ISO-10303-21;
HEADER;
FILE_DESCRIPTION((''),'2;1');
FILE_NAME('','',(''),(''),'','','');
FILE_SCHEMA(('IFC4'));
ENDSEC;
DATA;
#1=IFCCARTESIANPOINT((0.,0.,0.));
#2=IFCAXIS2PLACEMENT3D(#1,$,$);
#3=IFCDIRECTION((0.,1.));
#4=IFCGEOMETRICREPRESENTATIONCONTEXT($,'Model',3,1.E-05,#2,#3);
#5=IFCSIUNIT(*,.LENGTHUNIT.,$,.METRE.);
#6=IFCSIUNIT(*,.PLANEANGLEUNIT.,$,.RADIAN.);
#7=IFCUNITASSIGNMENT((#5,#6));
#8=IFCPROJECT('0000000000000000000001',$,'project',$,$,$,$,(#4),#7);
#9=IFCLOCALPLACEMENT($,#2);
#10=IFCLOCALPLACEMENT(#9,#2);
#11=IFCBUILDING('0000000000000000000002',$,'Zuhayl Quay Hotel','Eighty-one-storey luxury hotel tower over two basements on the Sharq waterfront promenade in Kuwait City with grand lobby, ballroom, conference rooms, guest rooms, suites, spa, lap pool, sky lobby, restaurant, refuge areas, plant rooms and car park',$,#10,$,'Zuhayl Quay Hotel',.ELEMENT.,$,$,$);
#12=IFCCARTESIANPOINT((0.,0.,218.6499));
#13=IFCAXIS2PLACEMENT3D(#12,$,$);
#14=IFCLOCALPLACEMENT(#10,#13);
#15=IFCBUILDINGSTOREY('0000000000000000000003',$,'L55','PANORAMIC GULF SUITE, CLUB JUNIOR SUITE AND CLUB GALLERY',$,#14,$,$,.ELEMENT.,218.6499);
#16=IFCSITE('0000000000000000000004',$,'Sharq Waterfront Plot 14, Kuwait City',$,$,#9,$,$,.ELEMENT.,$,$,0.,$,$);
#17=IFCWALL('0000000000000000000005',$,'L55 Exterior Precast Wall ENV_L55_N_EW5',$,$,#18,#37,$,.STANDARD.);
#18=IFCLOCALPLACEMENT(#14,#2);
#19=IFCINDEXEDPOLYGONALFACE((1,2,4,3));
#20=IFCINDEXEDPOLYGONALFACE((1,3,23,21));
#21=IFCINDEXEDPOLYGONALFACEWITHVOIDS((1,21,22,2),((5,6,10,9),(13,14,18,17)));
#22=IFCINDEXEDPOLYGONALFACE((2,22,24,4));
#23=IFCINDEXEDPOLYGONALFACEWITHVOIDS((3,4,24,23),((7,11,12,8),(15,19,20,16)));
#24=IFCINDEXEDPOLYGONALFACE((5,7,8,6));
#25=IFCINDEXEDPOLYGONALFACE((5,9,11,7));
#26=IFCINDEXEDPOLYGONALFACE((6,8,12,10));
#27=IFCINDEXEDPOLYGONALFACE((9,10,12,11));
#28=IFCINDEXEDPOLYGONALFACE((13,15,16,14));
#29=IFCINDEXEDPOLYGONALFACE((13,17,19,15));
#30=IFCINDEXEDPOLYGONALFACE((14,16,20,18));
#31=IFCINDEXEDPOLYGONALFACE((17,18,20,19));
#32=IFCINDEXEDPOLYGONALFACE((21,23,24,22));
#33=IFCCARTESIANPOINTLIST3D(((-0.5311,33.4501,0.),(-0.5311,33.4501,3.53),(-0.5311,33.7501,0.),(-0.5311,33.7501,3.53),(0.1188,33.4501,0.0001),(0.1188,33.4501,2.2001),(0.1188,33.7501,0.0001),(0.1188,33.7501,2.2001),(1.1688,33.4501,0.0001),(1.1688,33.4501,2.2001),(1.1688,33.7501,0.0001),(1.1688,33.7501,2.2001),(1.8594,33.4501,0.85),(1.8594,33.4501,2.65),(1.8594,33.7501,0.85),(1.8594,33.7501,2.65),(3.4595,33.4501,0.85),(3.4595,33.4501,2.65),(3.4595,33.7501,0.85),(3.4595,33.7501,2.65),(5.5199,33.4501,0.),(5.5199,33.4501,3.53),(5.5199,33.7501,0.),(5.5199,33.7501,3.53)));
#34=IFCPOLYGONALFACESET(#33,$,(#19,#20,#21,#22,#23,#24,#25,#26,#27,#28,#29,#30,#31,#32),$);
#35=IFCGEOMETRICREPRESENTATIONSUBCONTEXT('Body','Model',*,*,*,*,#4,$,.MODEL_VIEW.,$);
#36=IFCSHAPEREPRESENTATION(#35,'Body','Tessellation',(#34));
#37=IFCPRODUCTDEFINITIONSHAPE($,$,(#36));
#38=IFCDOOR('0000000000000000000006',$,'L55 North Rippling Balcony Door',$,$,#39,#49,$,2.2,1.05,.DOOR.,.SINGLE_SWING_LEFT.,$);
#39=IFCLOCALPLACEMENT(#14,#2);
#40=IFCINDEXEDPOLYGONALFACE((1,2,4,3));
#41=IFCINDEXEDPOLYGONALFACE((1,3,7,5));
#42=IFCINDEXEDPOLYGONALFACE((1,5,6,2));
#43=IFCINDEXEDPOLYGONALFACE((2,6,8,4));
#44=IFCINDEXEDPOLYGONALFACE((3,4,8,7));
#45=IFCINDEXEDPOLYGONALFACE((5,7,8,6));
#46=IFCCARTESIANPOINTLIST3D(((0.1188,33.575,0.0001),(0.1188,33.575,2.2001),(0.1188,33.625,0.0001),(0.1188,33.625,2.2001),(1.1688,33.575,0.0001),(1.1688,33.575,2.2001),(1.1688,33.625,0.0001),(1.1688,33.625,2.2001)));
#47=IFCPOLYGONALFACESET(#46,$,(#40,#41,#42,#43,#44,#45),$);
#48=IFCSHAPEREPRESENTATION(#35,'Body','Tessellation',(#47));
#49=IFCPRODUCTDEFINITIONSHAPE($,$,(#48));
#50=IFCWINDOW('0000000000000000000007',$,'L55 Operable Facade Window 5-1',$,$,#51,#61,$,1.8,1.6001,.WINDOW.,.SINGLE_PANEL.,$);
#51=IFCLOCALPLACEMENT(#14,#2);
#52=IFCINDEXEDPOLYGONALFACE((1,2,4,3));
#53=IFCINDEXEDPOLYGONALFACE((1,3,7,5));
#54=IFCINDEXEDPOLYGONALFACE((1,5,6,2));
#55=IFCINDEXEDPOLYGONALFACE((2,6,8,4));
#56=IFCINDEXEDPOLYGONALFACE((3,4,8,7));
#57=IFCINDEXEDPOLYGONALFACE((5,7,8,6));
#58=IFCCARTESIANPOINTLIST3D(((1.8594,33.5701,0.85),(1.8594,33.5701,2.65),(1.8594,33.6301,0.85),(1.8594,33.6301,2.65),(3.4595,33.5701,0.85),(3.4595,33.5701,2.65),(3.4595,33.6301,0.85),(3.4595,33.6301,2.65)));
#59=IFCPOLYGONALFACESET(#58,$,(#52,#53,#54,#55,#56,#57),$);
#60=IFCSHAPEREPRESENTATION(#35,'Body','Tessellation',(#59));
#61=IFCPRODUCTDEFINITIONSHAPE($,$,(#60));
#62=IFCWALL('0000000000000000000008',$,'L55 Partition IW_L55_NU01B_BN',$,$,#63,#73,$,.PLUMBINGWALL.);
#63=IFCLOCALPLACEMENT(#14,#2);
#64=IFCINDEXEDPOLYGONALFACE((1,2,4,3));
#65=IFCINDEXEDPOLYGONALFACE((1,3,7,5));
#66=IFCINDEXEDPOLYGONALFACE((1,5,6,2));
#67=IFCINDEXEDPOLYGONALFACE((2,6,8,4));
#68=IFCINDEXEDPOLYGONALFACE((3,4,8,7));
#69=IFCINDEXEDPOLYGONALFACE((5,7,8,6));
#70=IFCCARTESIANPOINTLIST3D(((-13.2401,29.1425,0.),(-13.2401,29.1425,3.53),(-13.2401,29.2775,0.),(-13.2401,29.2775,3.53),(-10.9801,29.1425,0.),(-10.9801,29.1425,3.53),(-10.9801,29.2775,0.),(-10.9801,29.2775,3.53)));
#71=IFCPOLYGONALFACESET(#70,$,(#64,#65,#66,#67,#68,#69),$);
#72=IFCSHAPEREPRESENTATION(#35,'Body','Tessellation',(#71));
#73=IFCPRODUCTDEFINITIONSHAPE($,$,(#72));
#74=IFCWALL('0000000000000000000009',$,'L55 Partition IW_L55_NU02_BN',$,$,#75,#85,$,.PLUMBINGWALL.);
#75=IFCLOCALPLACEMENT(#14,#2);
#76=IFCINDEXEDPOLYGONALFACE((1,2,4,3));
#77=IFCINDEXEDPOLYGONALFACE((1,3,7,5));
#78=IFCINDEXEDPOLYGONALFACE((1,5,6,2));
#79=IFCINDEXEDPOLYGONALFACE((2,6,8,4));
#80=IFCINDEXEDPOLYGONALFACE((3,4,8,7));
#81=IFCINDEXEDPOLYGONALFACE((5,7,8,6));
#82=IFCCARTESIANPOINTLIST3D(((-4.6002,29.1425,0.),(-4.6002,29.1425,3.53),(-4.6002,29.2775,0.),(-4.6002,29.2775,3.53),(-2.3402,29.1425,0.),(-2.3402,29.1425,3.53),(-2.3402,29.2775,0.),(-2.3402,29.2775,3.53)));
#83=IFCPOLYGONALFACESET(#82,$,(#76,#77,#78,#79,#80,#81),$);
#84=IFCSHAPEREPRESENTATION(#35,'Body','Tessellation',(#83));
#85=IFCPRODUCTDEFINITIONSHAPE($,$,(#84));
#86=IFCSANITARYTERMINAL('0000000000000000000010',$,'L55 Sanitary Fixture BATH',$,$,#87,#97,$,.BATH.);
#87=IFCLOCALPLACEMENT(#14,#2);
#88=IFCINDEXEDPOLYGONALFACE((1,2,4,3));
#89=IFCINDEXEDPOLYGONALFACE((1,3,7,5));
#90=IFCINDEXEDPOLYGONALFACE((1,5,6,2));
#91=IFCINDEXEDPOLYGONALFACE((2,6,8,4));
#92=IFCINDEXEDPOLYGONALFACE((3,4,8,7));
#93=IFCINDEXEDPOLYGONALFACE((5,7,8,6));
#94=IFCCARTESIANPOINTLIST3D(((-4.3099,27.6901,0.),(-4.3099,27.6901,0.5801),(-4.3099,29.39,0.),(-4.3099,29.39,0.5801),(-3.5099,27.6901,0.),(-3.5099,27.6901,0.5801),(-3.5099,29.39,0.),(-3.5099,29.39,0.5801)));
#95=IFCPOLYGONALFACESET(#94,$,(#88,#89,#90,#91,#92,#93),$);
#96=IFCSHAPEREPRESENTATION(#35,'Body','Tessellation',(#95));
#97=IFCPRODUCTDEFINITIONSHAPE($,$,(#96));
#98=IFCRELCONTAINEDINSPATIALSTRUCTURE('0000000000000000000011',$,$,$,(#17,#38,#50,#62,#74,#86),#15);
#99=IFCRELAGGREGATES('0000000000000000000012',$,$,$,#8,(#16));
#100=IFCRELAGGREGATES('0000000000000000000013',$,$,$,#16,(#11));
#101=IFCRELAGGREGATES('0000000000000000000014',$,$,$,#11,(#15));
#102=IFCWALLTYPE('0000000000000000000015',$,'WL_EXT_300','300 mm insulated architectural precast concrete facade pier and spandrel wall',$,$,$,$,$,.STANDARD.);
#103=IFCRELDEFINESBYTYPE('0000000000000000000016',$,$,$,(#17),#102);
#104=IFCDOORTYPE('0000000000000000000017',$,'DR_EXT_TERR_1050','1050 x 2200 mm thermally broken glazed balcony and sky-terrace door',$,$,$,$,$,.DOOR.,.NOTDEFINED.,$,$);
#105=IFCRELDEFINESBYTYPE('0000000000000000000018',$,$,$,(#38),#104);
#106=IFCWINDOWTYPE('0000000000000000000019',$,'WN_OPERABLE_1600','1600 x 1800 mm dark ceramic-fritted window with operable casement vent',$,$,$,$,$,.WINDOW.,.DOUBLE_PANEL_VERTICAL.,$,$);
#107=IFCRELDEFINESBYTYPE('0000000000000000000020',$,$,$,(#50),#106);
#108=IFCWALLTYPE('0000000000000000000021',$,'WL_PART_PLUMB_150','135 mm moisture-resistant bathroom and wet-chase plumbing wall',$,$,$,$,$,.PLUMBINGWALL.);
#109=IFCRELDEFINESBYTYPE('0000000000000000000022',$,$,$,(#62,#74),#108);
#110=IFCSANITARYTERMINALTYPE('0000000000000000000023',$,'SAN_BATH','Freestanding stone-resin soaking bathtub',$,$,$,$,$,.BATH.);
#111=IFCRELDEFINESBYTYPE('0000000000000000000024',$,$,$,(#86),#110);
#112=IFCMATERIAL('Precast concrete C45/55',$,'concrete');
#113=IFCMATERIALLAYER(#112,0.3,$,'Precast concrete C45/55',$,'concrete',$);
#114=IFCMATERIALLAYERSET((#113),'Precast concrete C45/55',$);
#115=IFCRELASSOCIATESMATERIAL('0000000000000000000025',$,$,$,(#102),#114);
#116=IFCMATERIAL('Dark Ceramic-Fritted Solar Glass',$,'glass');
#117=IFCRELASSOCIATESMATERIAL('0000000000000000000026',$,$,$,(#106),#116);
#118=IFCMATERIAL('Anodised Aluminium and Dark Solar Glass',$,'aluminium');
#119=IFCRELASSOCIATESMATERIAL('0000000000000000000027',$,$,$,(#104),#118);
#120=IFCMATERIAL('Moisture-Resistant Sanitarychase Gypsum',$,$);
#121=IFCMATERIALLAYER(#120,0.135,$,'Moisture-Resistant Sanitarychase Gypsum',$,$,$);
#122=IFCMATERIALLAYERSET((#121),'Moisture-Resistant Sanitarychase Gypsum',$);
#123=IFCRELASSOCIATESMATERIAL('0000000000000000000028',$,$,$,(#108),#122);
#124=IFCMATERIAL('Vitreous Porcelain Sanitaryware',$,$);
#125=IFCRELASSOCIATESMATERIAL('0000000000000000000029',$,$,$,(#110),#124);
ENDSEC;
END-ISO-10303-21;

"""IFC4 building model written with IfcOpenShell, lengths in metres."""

from ifc_helpers import new_model, si_unit, direction, frame, frame_2d, origin, origin_2d, place, context, subcontext, project, spatial, rectangle, extrude, material, layer, layer_set, type_object, element, fill, save


model = new_model("IFC4")

# Units and contexts
model_context = context("Model", 3, precision=1e-05, world=origin(), true_north=direction((0.0, 1.0)))
body_context = subcontext(model_context, "Body", "Model", "MODEL_VIEW")
ifc_project = project(units=[si_unit("LENGTHUNIT", "METRE"), si_unit("PLANEANGLEUNIT", "RADIAN")], contexts=[model_context])

# Site, building, storey
site_placement = place(None, origin())
site = spatial("IfcSite", under=ifc_project, at=site_placement, Name="Sharq Waterfront Plot 14, Kuwait City", CompositionType="ELEMENT", RefElevation=0.0)
building_placement = place(site_placement, origin())
building = spatial("IfcBuilding", under=site, at=building_placement, Name="Zuhayl Quay Hotel", Description="Eighty-one-storey luxury hotel tower over two basements on the Sharq waterfront promenade in Kuwait City with grand lobby, ballroom, conference rooms, guest rooms, suites, spa, lap pool, sky lobby, restaurant, refuge areas, plant rooms and car park", LongName="Zuhayl Quay Hotel", CompositionType="ELEMENT")
storey_placement = place(building_placement, frame((0.0, 0.0, 218.6499)))
storey = spatial("IfcBuildingStorey", under=building, at=storey_placement, Name="L55", Description="PANORAMIC GULF SUITE, CLUB JUNIOR SUITE AND CLUB GALLERY", CompositionType="ELEMENT", Elevation=218.6499)

# Shared definitions
ifc_material_1 = material(Name="Dark Ceramic-Fritted Solar Glass", Category="glass")

# Shared definitions
ifc_material_2 = material(Name="Precast concrete C45/55", Category="concrete")
ifc_layer_1 = layer(ifc_material_2, 0.3, Name="Precast concrete C45/55", Category="concrete")
ifc_layer_set_1 = layer_set([ifc_layer_1], Name="Precast concrete C45/55")
wall_type_1 = type_object("IfcWallType", Name="WL_EXT_300", Description="300 mm insulated architectural precast concrete facade pier and spandrel wall", PredefinedType="STANDARD", material=ifc_layer_set_1)
window_type = type_object("IfcWindowType", Name="WN_OPERABLE_1600", Description="1600 x 1800 mm dark ceramic-fritted window with operable casement vent", PartitioningType="DOUBLE_PANEL_VERTICAL", PredefinedType="WINDOW", material=ifc_material_1)

# Wall, openings, door, window
wall_1_placement = place(storey_placement, frame((-0.531, 33.6001, 0.0), z_axis=(0.0, 0.0, 1.0), x_axis=(1.0, 0.0, 0.0)))
wall_1 = element("IfcWall", 1, at=wall_1_placement, inside=storey, type_object=wall_type_1, Name="L55 Exterior Precast Wall ENV_L55_N_EW5", PredefinedType="STANDARD", context=body_context, shape_type="SweptSolid", body=[
    extrude(rectangle(XDim=6.051, YDim=0.3, at=frame_2d((3.0254, 0.0))), origin(), (0.0, 0.0, 1.0), 3.53),
])
opening_1_placement = place(wall_1_placement, frame((0.6499, 0.0, 0.0)))
opening_1 = element("IfcOpeningElement", 2, at=opening_1_placement, cuts=wall_1, PredefinedType="OPENING", context=body_context, shape_type="SweptSolid", body=[
    extrude(rectangle(XDim=1.05, YDim=2.2, at=frame_2d((0.5249, 1.1001))), frame((0.0, 0.1599, 0.0), z_axis=(0.0, -1.0, 0.0), x_axis=(1.0, 0.0, 0.0)), (0.0, 0.0, 1.0), 0.3201),
])
opening_2_placement = place(wall_1_placement, frame((2.3904, 0.0, 0.8501)))
opening_2 = element("IfcOpeningElement", 3, at=opening_2_placement, cuts=wall_1, PredefinedType="OPENING", context=body_context, shape_type="SweptSolid", body=[
    extrude(rectangle(XDim=1.6001, YDim=1.8, at=frame_2d((0.8, 0.8999))), frame((0.0, 0.1599, 0.0), z_axis=(0.0, -1.0, 0.0), x_axis=(1.0, 0.0, 0.0)), (0.0, 0.0, 1.0), 0.3201),
])
ifc_material_3 = material(Name="Anodised Aluminium and Dark Solar Glass", Category="aluminium")
door_type = type_object("IfcDoorType", Name="DR_EXT_TERR_1050", Description="1050 x 2200 mm thermally broken glazed balcony and sky-terrace door", OperationType="NOTDEFINED", PredefinedType="DOOR", material=ifc_material_3)
door_placement = place(opening_1_placement, origin())
door = element("IfcDoor", 4, at=door_placement, inside=storey, type_object=door_type, Name="L55 North Rippling Balcony Door", OperationType="SINGLE_SWING_LEFT", OverallHeight=2.2, OverallWidth=1.05, PredefinedType="DOOR", context=body_context, shape_type="SweptSolid", body=[
    extrude(rectangle(XDim=1.05, YDim=2.2, at=frame_2d((0.5249, 1.1001))), frame((0.0, 0.0249, 0.0), z_axis=(0.0, -1.0, 0.0), x_axis=(1.0, 0.0, 0.0)), (0.0, 0.0, 1.0), 0.05),
])
fill(opening_1, door)
window_1_placement = place(opening_2_placement, origin())
window_1 = element("IfcWindow", 5, at=window_1_placement, inside=storey, type_object=window_type, Name="L55 Operable Facade Window 5-1", OverallHeight=1.8, OverallWidth=1.6001, PartitioningType="SINGLE_PANEL", PredefinedType="WINDOW", context=body_context, shape_type="SweptSolid", body=[
    extrude(rectangle(XDim=1.6001, YDim=1.8, at=frame_2d((0.8, 0.8999))), frame((0.0, 0.03, 0.0), z_axis=(0.0, -1.0, 0.0), x_axis=(1.0, 0.0, 0.0)), (0.0, 0.0, 1.0), 0.0601),
])
fill(opening_2, window_1)

# Walls
ifc_material_4 = material(Name="Moisture-Resistant Sanitarychase Gypsum")
ifc_layer_2 = layer(ifc_material_4, 0.135, Name="Moisture-Resistant Sanitarychase Gypsum")
ifc_layer_set_2 = layer_set([ifc_layer_2], Name="Moisture-Resistant Sanitarychase Gypsum")
wall_type_2 = type_object("IfcWallType", Name="WL_PART_PLUMB_150", Description="135 mm moisture-resistant bathroom and wet-chase plumbing wall", PredefinedType="PLUMBINGWALL", material=ifc_layer_set_2)
for number, where, z_axis, x_axis, name in (
    (6, (-13.24, 29.21, 0.0), (0.0, 0.0, 1.0), (1.0, 0.0, 0.0), "L55 Partition IW_L55_NU01B_BN"),
    (7, (-4.6001, 29.21, 0.0), (0.0, 0.0, 1.0), (1.0, 0.0, 0.0), "L55 Partition IW_L55_NU02_BN"),
):
    element("IfcWall", number, at=place(storey_placement, frame(where, z_axis=z_axis, x_axis=x_axis)), inside=storey, type_object=wall_type_2, Name=name, PredefinedType="PLUMBINGWALL", context=body_context, shape_type="SweptSolid", body=[
        extrude(rectangle(XDim=2.26, YDim=0.135, at=frame_2d((1.1299, 0.0))), origin(), (0.0, 0.0, 1.0), 3.53),
    ])

# Sanitary terminal
ifc_material_5 = material(Name="Vitreous Porcelain Sanitaryware")
sanitary_terminal_type = type_object("IfcSanitaryTerminalType", Name="SAN_BATH", Description="Freestanding stone-resin soaking bathtub", PredefinedType="BATH", material=ifc_material_5)
sanitary_terminal_placement = place(storey_placement, frame((-3.9099, 28.54, 0.0), z_axis=(0.0, 0.0, 1.0), x_axis=(1.0, 0.0, 0.0)))
element("IfcSanitaryTerminal", 8, at=sanitary_terminal_placement, inside=storey, type_object=sanitary_terminal_type, Name="L55 Sanitary Fixture BATH", PredefinedType="BATH", context=body_context, shape_type="SweptSolid", body=[
    extrude(rectangle(XDim=0.8, YDim=1.7, at=origin_2d()), origin(), (0.0, 0.0, 1.0), 0.5801),
])

save(model, "model.ifc")
